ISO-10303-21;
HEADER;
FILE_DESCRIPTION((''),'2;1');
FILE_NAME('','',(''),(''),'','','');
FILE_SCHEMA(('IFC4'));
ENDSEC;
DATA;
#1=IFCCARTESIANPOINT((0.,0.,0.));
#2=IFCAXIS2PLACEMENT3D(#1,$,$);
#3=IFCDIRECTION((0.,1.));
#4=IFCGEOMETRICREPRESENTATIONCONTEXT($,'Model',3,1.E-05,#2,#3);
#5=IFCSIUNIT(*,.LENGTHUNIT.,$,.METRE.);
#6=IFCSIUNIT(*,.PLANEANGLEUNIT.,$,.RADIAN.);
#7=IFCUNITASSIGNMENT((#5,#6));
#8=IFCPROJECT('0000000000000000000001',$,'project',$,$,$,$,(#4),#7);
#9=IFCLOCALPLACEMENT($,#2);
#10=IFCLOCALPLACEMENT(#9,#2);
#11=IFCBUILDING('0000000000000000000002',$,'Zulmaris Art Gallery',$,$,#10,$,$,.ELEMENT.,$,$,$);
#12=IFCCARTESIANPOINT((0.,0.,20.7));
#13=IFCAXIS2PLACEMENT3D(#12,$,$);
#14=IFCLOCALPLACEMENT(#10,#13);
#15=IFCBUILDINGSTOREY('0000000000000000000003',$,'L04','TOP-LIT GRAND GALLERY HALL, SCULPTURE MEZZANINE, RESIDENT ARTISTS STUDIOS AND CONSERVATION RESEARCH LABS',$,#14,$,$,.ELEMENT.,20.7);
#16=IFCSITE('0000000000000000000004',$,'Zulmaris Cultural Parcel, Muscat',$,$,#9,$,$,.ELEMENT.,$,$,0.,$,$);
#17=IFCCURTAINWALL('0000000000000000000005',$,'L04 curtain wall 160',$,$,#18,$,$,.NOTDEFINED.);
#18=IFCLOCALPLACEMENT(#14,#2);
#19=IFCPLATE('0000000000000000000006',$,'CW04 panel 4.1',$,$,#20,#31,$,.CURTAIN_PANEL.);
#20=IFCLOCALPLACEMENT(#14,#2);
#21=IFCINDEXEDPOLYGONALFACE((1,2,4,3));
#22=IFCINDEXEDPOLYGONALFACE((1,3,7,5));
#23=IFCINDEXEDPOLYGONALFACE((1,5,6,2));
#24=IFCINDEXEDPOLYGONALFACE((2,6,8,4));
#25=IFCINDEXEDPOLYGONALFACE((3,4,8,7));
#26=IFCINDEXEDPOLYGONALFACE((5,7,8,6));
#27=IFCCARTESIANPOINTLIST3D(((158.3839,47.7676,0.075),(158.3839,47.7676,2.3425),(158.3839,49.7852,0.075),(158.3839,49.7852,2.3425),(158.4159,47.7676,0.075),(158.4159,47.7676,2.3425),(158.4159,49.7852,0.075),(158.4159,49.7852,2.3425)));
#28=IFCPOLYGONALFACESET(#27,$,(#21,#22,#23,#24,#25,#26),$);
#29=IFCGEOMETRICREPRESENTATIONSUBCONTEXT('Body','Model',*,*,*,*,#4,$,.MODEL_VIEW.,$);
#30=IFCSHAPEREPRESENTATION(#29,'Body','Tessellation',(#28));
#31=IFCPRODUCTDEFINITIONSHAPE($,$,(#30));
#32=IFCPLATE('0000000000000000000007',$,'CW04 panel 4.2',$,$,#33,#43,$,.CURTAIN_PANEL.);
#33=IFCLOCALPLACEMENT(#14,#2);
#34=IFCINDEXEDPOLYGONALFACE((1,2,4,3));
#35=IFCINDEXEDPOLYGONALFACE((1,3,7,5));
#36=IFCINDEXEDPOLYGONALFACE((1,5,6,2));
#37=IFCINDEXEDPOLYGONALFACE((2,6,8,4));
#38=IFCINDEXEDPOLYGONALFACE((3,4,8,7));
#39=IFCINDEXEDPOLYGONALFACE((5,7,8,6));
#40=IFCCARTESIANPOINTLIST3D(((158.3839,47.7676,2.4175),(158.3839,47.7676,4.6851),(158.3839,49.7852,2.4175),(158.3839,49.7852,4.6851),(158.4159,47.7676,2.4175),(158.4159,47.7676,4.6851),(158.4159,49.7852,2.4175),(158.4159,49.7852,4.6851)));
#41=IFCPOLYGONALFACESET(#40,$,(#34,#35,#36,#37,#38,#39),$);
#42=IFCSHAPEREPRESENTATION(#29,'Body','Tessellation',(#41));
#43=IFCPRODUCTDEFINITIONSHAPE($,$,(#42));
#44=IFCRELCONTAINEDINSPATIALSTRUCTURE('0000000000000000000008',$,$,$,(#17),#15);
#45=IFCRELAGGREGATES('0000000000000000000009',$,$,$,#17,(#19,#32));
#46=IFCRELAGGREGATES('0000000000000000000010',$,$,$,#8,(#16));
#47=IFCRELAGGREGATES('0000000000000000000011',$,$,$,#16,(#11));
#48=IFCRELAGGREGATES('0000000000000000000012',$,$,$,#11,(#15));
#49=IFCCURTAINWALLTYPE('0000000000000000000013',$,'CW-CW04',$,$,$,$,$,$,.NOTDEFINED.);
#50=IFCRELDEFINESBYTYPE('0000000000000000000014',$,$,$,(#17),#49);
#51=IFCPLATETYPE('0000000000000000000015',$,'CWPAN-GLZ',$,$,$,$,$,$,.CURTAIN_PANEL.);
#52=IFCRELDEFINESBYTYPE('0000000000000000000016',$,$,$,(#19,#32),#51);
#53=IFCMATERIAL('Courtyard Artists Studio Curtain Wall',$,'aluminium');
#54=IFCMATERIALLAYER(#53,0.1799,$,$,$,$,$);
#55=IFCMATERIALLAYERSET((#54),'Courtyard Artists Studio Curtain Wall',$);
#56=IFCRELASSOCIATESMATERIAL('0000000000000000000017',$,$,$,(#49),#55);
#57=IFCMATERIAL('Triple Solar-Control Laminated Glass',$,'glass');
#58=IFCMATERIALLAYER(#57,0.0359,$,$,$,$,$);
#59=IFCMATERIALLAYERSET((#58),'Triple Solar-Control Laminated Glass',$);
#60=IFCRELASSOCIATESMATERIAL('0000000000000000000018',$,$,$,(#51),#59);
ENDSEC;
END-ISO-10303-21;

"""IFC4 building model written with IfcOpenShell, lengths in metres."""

from ifc_helpers import new_model, si_unit, direction, frame, origin, origin_2d, place, context, subcontext, project, spatial, rectangle, extrude, material, layer, layer_set, type_object, element, aggregate, save


model = new_model("IFC4")

# Units and contexts
model_context = context("Model", 3, precision=1e-05, world=origin(), true_north=direction((0.0, 1.0)))
body_context = subcontext(model_context, "Body", "Model", "MODEL_VIEW")
ifc_project = project(units=[si_unit("LENGTHUNIT", "METRE"), si_unit("PLANEANGLEUNIT", "RADIAN")], contexts=[model_context])

# Site, building, storey
site_placement = place(None, origin())
site = spatial("IfcSite", under=ifc_project, at=site_placement, Name="Zulmaris Cultural Parcel, Muscat", CompositionType="ELEMENT", RefElevation=0.0)
building_placement = place(site_placement, origin())
building = spatial("IfcBuilding", under=site, at=building_placement, Name="Zulmaris Art Gallery", CompositionType="ELEMENT")
storey_placement = place(building_placement, frame((0.0, 0.0, 20.7)))
storey = spatial("IfcBuildingStorey", under=building, at=storey_placement, Name="L04", Description="TOP-LIT GRAND GALLERY HALL, SCULPTURE MEZZANINE, RESIDENT ARTISTS STUDIOS AND CONSERVATION RESEARCH LABS", CompositionType="ELEMENT", Elevation=20.7)

# Curtain wall
ifc_material_1 = material(Name="Courtyard Artists Studio Curtain Wall", Category="aluminium")
ifc_layer_1 = layer(ifc_material_1, 0.1799)
ifc_layer_set_1 = layer_set([ifc_layer_1], Name="Courtyard Artists Studio Curtain Wall")
curtain_wall_type = type_object("IfcCurtainWallType", Name="CW-CW04", PredefinedType="NOTDEFINED", material=ifc_layer_set_1)
curtain_wall_1_placement = place(storey_placement, origin())
curtain_wall_1 = element("IfcCurtainWall", 1, at=curtain_wall_1_placement, inside=storey, type_object=curtain_wall_type, Name="L04 curtain wall 160", PredefinedType="NOTDEFINED")

# Plates
ifc_material_2 = material(Name="Triple Solar-Control Laminated Glass", Category="glass")
ifc_layer_2 = layer(ifc_material_2, 0.0359)
ifc_layer_set_2 = layer_set([ifc_layer_2], Name="Triple Solar-Control Laminated Glass")
plate_type = type_object("IfcPlateType", Name="CWPAN-GLZ", PredefinedType="CURTAIN_PANEL", material=ifc_layer_set_2)
plate_1_placement = place(storey_placement, frame((158.3999, 48.7764, 0.075), z_axis=(0.0, 0.0, 1.0), x_axis=(0.0, 1.0, 0.0)))
plate_1 = element("IfcPlate", 2, at=plate_1_placement, type_object=plate_type, Name="CW04 panel 4.1", PredefinedType="CURTAIN_PANEL", context=body_context, shape_type="SweptSolid", body=[
    extrude(rectangle(XDim=2.0176, YDim=0.032, at=origin_2d()), origin(), (0.0, 0.0, 1.0), 2.2676),
])
plate_2_placement = place(storey_placement, frame((158.3999, 48.7764, 2.4175), z_axis=(0.0, 0.0, 1.0), x_axis=(0.0, 1.0, 0.0)))
plate_2 = element("IfcPlate", 3, at=plate_2_placement, type_object=plate_type, Name="CW04 panel 4.2", PredefinedType="CURTAIN_PANEL", context=body_context, shape_type="SweptSolid", body=[
    extrude(rectangle(XDim=2.0176, YDim=0.032, at=origin_2d()), origin(), (0.0, 0.0, 1.0), 2.2676),
])
aggregate(curtain_wall_1, [plate_1, plate_2])

save(model, "model.ifc")
